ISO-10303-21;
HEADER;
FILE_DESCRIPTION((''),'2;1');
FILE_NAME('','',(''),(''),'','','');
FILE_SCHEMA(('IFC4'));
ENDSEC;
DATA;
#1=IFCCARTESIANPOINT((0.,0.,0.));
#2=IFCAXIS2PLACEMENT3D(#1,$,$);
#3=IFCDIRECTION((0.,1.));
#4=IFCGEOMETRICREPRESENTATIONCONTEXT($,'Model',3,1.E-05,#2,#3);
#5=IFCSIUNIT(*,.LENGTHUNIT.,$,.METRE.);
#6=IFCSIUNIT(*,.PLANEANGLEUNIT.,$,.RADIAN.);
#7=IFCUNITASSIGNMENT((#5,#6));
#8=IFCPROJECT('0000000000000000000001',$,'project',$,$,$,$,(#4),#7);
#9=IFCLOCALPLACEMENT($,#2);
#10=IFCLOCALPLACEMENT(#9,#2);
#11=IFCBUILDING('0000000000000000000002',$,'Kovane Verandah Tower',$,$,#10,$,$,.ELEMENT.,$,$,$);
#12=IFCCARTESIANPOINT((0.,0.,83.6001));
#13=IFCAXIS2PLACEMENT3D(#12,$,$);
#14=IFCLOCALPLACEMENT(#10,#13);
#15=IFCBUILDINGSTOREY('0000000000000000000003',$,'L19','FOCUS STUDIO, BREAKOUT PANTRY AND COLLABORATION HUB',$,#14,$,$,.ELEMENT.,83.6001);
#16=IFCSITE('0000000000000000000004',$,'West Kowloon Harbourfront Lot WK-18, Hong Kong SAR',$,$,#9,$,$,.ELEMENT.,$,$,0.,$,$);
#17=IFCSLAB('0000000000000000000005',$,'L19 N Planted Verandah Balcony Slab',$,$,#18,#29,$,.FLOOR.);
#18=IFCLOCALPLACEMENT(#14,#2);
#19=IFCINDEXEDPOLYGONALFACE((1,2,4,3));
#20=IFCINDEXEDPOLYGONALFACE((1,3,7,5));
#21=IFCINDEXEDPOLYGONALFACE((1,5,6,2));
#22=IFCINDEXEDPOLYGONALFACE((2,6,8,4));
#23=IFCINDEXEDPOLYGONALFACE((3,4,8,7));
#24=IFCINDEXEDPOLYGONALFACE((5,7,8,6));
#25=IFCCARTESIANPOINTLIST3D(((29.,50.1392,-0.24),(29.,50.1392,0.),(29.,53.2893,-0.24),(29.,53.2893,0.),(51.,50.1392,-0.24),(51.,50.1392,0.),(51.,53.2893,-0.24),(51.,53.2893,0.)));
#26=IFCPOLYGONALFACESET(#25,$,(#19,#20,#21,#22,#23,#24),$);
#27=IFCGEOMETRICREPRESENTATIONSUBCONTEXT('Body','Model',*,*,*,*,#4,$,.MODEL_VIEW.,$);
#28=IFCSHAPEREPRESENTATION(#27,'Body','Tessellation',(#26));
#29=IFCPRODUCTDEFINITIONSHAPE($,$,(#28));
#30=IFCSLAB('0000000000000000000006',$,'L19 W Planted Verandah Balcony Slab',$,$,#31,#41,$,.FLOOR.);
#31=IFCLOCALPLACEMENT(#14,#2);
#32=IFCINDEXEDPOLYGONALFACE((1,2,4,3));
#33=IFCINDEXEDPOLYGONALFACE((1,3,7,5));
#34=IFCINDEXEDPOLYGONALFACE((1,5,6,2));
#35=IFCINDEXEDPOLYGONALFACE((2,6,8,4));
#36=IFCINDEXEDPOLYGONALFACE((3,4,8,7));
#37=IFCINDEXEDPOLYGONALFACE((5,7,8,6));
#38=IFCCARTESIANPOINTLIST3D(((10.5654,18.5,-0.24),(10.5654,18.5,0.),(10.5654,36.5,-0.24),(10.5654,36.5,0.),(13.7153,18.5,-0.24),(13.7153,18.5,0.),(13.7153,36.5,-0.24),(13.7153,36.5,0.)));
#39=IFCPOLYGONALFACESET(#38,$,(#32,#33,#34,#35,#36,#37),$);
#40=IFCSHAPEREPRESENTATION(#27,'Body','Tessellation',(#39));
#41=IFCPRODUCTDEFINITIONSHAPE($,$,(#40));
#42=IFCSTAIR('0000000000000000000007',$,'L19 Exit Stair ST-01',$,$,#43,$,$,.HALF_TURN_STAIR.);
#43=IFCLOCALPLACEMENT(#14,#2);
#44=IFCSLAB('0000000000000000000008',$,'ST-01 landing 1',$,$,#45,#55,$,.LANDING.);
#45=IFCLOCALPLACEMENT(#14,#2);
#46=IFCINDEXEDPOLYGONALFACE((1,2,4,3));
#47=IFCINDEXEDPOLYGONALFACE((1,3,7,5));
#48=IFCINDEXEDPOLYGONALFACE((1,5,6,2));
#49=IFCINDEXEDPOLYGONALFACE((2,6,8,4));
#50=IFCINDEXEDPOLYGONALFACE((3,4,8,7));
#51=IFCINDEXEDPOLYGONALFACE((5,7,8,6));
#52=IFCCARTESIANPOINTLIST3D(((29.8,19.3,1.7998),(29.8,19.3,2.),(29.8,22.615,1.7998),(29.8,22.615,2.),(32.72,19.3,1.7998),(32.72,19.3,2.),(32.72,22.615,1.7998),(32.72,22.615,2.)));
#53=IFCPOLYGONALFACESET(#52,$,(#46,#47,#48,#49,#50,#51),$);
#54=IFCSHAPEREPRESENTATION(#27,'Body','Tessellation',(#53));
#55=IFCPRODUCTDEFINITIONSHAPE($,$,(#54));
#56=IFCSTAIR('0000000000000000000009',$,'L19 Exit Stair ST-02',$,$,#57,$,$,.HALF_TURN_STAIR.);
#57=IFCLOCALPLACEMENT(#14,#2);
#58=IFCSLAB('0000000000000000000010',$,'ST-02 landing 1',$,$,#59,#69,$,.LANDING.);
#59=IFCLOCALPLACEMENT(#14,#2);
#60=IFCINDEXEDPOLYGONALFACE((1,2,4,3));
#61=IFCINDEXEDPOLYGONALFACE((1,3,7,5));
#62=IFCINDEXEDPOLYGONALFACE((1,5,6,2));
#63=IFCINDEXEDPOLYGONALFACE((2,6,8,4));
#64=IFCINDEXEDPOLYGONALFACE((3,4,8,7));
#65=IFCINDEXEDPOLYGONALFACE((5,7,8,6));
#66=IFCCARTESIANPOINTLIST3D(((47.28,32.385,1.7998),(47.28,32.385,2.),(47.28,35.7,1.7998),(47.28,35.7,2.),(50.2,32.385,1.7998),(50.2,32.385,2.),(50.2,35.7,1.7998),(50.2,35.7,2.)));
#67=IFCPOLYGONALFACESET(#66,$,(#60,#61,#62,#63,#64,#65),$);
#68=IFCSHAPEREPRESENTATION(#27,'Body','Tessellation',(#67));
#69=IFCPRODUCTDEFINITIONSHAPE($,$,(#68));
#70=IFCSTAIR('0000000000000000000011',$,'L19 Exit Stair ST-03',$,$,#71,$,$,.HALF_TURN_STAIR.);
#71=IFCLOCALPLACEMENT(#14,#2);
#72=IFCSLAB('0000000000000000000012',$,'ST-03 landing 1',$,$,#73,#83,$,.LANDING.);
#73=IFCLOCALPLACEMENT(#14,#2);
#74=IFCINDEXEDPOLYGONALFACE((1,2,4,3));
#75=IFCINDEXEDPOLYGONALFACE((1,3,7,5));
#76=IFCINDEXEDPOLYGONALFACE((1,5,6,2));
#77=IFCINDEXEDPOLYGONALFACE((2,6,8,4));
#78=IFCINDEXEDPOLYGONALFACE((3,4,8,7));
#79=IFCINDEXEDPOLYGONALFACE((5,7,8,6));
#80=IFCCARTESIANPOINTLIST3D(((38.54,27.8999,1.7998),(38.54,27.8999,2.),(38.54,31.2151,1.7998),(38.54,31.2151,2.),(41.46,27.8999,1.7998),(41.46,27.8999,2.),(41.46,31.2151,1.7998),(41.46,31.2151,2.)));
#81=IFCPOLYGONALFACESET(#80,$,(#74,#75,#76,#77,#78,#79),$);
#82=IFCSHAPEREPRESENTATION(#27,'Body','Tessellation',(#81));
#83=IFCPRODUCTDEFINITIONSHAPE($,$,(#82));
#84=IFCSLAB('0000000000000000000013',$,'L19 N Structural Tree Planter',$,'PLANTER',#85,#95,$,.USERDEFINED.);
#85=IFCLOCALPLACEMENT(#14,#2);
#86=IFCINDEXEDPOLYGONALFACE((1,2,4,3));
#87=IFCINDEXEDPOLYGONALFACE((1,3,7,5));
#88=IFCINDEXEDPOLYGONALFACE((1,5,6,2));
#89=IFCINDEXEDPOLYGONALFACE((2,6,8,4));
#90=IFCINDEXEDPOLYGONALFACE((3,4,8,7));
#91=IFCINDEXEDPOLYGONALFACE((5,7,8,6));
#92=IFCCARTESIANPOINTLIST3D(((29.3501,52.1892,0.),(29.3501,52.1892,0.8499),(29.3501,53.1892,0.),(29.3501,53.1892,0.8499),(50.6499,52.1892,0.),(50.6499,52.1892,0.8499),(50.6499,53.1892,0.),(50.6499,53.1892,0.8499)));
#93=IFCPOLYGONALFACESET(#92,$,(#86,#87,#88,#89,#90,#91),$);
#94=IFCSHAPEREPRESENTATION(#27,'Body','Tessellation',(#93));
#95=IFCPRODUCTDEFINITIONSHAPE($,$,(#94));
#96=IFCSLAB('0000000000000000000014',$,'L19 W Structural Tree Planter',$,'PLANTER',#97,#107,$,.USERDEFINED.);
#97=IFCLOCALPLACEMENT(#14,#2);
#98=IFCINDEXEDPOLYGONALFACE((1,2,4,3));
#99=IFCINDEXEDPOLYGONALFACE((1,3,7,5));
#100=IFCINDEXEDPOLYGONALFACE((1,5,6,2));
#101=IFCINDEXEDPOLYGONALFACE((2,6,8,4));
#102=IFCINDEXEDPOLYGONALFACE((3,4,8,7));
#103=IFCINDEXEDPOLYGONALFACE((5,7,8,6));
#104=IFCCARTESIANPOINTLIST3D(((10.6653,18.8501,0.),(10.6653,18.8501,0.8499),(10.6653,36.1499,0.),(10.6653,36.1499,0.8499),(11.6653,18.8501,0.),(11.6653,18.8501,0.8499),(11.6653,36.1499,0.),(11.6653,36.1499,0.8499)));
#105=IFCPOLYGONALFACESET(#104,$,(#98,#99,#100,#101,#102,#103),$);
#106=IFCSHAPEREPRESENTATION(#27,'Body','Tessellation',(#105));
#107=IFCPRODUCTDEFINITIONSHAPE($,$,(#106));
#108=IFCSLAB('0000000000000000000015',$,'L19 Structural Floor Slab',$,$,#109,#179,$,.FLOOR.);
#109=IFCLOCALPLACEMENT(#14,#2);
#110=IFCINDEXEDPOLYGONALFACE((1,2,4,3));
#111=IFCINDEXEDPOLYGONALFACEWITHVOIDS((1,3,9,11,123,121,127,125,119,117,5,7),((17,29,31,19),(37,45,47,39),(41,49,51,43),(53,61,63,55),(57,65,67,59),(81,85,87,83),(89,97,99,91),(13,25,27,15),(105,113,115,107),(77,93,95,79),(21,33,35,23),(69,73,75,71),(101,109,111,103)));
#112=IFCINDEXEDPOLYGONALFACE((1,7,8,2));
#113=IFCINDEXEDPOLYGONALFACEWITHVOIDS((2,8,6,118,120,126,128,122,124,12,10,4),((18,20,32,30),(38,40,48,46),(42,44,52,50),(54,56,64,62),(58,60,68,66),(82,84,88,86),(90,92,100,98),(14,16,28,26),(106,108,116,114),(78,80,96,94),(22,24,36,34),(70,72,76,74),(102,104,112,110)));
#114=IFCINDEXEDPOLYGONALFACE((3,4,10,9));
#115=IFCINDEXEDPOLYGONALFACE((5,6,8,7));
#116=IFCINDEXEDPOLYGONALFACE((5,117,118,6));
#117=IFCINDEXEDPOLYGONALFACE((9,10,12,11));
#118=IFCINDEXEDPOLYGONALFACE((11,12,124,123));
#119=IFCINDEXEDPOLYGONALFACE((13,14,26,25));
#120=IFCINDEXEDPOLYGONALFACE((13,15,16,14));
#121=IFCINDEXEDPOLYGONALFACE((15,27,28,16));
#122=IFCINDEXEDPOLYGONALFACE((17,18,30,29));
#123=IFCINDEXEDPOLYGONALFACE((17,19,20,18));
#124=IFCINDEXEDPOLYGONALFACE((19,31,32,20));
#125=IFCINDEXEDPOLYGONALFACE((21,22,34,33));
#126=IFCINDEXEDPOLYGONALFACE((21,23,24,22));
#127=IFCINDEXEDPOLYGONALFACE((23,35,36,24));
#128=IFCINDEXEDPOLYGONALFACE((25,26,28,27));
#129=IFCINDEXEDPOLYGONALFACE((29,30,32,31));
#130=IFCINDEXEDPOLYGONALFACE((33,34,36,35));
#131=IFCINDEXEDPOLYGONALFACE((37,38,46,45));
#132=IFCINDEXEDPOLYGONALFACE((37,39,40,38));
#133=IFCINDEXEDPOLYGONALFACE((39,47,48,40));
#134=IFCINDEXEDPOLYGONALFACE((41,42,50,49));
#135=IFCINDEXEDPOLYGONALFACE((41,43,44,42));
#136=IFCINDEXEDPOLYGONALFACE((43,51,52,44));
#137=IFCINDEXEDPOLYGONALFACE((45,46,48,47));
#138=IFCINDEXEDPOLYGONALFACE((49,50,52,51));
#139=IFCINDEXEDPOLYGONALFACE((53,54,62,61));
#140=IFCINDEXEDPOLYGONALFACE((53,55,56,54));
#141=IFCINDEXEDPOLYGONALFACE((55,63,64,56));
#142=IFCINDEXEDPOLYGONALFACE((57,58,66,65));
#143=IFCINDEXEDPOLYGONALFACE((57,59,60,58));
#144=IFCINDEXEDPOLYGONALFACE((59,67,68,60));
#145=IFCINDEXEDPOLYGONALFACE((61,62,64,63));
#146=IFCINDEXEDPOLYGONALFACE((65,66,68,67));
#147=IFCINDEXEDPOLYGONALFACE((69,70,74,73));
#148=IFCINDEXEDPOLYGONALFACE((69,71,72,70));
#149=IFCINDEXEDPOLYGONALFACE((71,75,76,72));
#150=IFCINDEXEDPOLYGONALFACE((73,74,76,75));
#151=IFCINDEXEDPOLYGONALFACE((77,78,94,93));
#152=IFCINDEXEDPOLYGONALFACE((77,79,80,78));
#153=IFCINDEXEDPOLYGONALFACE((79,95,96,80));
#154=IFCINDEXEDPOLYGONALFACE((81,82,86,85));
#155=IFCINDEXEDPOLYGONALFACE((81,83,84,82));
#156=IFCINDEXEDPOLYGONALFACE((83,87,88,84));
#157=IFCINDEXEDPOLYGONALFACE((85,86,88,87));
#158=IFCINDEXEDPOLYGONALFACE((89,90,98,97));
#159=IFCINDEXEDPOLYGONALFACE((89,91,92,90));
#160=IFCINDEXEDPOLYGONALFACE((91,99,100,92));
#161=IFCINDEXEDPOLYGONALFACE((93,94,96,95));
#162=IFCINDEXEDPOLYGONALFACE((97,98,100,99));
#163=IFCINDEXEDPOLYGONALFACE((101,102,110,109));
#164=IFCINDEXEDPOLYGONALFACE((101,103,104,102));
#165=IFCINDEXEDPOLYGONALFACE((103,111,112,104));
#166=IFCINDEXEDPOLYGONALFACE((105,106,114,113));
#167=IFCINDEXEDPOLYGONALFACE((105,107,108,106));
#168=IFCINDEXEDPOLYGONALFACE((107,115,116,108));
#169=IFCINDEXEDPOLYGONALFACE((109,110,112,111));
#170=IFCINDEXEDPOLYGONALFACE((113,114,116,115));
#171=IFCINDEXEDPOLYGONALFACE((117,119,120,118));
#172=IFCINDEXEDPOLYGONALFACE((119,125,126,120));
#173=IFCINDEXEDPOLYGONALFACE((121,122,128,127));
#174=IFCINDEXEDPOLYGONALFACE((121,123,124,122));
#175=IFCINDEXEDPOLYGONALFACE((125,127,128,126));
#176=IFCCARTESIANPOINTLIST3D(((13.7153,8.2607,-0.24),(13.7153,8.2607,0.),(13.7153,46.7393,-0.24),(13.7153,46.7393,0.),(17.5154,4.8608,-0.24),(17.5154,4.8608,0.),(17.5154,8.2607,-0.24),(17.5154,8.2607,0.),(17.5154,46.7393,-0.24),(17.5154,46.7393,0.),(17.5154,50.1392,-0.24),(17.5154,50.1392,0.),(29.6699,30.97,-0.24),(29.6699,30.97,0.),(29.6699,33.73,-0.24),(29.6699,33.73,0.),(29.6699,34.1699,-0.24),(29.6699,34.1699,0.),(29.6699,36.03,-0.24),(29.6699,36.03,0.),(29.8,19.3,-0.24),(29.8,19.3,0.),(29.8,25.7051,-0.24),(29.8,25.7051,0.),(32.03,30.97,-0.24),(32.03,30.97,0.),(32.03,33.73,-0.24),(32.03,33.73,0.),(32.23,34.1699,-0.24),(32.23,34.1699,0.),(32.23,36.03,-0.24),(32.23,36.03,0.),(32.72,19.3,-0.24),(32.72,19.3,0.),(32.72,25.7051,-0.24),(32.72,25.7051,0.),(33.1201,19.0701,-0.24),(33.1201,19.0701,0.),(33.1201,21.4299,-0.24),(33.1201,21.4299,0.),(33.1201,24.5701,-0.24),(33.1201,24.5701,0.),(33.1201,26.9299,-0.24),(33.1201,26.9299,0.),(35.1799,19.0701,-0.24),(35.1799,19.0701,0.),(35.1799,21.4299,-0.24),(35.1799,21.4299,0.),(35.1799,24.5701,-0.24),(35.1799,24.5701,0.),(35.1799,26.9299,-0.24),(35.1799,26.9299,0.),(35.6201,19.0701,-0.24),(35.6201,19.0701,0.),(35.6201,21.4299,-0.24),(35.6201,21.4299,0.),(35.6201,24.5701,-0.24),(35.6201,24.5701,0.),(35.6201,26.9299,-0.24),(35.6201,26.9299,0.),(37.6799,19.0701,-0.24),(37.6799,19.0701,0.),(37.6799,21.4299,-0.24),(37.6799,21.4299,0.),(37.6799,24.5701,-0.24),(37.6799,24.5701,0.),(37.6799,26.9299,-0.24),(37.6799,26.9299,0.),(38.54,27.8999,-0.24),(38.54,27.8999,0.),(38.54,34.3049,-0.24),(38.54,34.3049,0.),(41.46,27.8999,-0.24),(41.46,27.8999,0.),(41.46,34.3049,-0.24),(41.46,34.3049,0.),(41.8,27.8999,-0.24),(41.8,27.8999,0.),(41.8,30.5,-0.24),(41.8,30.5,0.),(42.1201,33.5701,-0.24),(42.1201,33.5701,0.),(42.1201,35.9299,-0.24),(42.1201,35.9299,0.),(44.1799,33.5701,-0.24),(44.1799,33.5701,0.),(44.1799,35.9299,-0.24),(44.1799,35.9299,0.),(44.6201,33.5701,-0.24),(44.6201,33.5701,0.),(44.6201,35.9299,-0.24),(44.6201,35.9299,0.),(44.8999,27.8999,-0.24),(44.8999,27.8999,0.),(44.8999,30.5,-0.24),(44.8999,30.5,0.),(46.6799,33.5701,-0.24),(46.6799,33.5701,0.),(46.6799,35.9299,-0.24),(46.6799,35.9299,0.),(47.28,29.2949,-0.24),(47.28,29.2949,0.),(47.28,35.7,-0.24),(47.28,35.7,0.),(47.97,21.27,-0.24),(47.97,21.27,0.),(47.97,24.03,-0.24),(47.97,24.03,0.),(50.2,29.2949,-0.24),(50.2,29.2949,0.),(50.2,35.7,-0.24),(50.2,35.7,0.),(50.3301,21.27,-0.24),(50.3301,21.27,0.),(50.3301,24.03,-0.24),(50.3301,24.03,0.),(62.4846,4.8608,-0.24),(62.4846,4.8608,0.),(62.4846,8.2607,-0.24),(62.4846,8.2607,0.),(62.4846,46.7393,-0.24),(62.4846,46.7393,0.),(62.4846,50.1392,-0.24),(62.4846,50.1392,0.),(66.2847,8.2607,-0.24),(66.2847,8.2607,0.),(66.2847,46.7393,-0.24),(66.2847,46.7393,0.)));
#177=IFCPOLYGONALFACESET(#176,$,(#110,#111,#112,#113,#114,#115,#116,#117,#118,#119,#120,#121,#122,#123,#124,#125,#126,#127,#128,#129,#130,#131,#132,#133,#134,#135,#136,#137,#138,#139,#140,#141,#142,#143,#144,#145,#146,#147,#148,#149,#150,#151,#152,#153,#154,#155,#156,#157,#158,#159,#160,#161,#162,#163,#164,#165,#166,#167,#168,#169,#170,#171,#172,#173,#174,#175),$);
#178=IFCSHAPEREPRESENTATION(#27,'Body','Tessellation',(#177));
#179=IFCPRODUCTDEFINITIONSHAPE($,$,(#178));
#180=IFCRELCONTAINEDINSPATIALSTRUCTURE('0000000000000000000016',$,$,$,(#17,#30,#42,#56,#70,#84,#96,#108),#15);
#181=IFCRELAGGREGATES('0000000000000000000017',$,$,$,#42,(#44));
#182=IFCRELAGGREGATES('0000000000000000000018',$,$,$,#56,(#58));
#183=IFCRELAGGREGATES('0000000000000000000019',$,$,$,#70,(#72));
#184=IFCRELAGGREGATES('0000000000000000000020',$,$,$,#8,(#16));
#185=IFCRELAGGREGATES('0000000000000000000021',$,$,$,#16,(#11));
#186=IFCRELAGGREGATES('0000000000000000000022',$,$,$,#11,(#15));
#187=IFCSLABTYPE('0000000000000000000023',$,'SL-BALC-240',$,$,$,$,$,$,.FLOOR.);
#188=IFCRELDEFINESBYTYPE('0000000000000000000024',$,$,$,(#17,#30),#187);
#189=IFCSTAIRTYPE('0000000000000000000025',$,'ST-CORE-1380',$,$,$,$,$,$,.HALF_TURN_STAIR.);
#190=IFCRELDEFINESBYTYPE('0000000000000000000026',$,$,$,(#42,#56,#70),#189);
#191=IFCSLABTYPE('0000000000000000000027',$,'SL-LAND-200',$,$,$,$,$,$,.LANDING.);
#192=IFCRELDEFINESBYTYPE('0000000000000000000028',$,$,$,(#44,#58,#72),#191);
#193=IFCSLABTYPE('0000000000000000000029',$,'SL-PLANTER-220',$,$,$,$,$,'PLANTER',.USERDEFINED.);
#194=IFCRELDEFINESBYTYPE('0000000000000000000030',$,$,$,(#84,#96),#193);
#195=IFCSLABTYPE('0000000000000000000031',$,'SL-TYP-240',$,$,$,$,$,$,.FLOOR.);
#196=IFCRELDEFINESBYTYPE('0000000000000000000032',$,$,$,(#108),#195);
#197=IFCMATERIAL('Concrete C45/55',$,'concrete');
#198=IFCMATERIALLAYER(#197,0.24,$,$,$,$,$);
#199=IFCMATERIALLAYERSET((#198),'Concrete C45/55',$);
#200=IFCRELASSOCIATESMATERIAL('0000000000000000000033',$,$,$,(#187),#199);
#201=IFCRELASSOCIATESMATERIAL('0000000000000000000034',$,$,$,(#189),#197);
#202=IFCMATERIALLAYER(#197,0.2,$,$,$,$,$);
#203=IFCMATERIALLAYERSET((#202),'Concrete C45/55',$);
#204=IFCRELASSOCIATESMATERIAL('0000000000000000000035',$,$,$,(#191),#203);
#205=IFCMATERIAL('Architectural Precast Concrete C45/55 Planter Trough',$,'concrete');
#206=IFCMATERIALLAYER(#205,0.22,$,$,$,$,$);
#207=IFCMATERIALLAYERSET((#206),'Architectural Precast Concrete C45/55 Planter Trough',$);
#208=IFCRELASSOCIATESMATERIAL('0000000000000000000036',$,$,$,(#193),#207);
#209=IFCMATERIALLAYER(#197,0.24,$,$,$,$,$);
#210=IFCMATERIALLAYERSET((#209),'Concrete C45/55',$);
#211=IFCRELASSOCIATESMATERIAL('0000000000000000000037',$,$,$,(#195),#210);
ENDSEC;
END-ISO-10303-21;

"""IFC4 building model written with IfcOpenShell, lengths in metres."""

from ifc_helpers import new_model, si_unit, direction, frame, origin, place, context, subcontext, project, spatial, polyline, outline, extrude, material, layer, layer_set, type_object, element, aggregate, save


model = new_model("IFC4")

# Units and contexts
model_context = context("Model", 3, precision=1e-05, world=origin(), true_north=direction((0.0, 1.0)))
body_context = subcontext(model_context, "Body", "Model", "MODEL_VIEW")
ifc_project = project(units=[si_unit("LENGTHUNIT", "METRE"), si_unit("PLANEANGLEUNIT", "RADIAN")], contexts=[model_context])

# Site, building, storey
site_placement = place(None, origin())
site = spatial("IfcSite", under=ifc_project, at=site_placement, Name="West Kowloon Harbourfront Lot WK-18, Hong Kong SAR", CompositionType="ELEMENT", RefElevation=0.0)
building_placement = place(site_placement, origin())
building = spatial("IfcBuilding", under=site, at=building_placement, Name="Kovane Verandah Tower", CompositionType="ELEMENT")
storey_placement = place(building_placement, frame((0.0, 0.0, 83.6001)))
storey = spatial("IfcBuildingStorey", under=building, at=storey_placement, Name="L19", Description="FOCUS STUDIO, BREAKOUT PANTRY AND COLLABORATION HUB", CompositionType="ELEMENT", Elevation=83.6001)

# Slabs
ifc_material_1 = material(Name="Concrete C45/55", Category="concrete")
ifc_layer_1 = layer(ifc_material_1, 0.24)
ifc_layer_set_1 = layer_set([ifc_layer_1], Name="Concrete C45/55")
slab_type_1 = type_object("IfcSlabType", Name="SL-BALC-240", PredefinedType="FLOOR", material=ifc_layer_set_1)
slab_1_placement = place(storey_placement, frame((0.0, 0.0, -0.24)))
element("IfcSlab", 1, at=slab_1_placement, inside=storey, type_object=slab_type_1, Name="L19 N Planted Verandah Balcony Slab", PredefinedType="FLOOR", context=body_context, shape_type="SweptSolid", body=[
    extrude(outline(polyline([(29.0, 50.1392), (51.0, 50.1392), (51.0, 53.2893), (29.0, 53.2893), (29.0, 50.1392)])), origin(), (0.0, 0.0, 1.0), 0.24),
])
slab_2_placement = place(storey_placement, frame((0.0, 0.0, -0.24)))
element("IfcSlab", 2, at=slab_2_placement, inside=storey, type_object=slab_type_1, Name="L19 W Planted Verandah Balcony Slab", PredefinedType="FLOOR", context=body_context, shape_type="SweptSolid", body=[
    extrude(outline(polyline([(10.5654, 18.5), (13.7153, 18.5), (13.7153, 36.5), (10.5654, 36.5), (10.5654, 18.5)])), origin(), (0.0, 0.0, 1.0), 0.24),
])

# Stairs, slabs
stair_type = type_object("IfcStairType", Name="ST-CORE-1380", PredefinedType="HALF_TURN_STAIR", material=ifc_material_1)
stair_1_placement = place(storey_placement, origin())
stair_1 = element("IfcStair", 3, at=stair_1_placement, inside=storey, type_object=stair_type, Name="L19 Exit Stair ST-01", PredefinedType="HALF_TURN_STAIR")
ifc_layer_2 = layer(ifc_material_1, 0.2)
ifc_layer_set_2 = layer_set([ifc_layer_2], Name="Concrete C45/55")
slab_type_2 = type_object("IfcSlabType", Name="SL-LAND-200", PredefinedType="LANDING", material=ifc_layer_set_2)
slab_3_placement = place(storey_placement, frame((0.0, 0.0, 1.7998)))
slab_3 = element("IfcSlab", 4, at=slab_3_placement, type_object=slab_type_2, Name="ST-01 landing 1", PredefinedType="LANDING", context=body_context, shape_type="SweptSolid", body=[
    extrude(outline(polyline([(29.8, 22.615), (29.8, 19.3), (32.72, 19.3), (32.72, 22.615), (29.8, 22.615)])), origin(), (0.0, 0.0, 1.0), 0.2002),
])
aggregate(stair_1, [slab_3])
stair_2_placement = place(storey_placement, origin())
stair_2 = element("IfcStair", 5, at=stair_2_placement, inside=storey, type_object=stair_type, Name="L19 Exit Stair ST-02", PredefinedType="HALF_TURN_STAIR")
slab_4_placement = place(storey_placement, frame((0.0, 0.0, 1.7998)))
slab_4 = element("IfcSlab", 6, at=slab_4_placement, type_object=slab_type_2, Name="ST-02 landing 1", PredefinedType="LANDING", context=body_context, shape_type="SweptSolid", body=[
    extrude(outline(polyline([(50.2, 32.385), (50.2, 35.7), (47.28, 35.7), (47.28, 32.385), (50.2, 32.385)])), origin(), (0.0, 0.0, 1.0), 0.2002),
])
aggregate(stair_2, [slab_4])
stair_3_placement = place(storey_placement, origin())
stair_3 = element("IfcStair", 7, at=stair_3_placement, inside=storey, type_object=stair_type, Name="L19 Exit Stair ST-03", PredefinedType="HALF_TURN_STAIR")
slab_5_placement = place(storey_placement, frame((0.0, 0.0, 1.7998)))
slab_5 = element("IfcSlab", 8, at=slab_5_placement, type_object=slab_type_2, Name="ST-03 landing 1", PredefinedType="LANDING", context=body_context, shape_type="SweptSolid", body=[
    extrude(outline(polyline([(38.54, 31.2151), (38.54, 27.8999), (41.46, 27.8999), (41.46, 31.2151), (38.54, 31.2151)])), origin(), (0.0, 0.0, 1.0), 0.2002),
])
aggregate(stair_3, [slab_5])

# Slabs
ifc_material_2 = material(Name="Architectural Precast Concrete C45/55 Planter Trough", Category="concrete")
ifc_layer_3 = layer(ifc_material_2, 0.22)
ifc_layer_set_3 = layer_set([ifc_layer_3], Name="Architectural Precast Concrete C45/55 Planter Trough")
slab_type_3 = type_object("IfcSlabType", Name="SL-PLANTER-220", ElementType="PLANTER", PredefinedType="USERDEFINED", material=ifc_layer_set_3)
slab_6_placement = place(storey_placement, origin())
element("IfcSlab", 9, at=slab_6_placement, inside=storey, type_object=slab_type_3, Name="L19 N Structural Tree Planter", ObjectType="PLANTER", PredefinedType="USERDEFINED", context=body_context, shape_type="SweptSolid", body=[
    extrude(outline(polyline([(29.3501, 52.1892), (50.6499, 52.1892), (50.6499, 53.1892), (29.3501, 53.1892), (29.3501, 52.1892)])), origin(), (0.0, 0.0, 1.0), 0.8499),
])
slab_7_placement = place(storey_placement, origin())
element("IfcSlab", 10, at=slab_7_placement, inside=storey, type_object=slab_type_3, Name="L19 W Structural Tree Planter", ObjectType="PLANTER", PredefinedType="USERDEFINED", context=body_context, shape_type="SweptSolid", body=[
    extrude(outline(polyline([(10.6653, 18.8501), (11.6653, 18.8501), (11.6653, 36.1499), (10.6653, 36.1499), (10.6653, 18.8501)])), origin(), (0.0, 0.0, 1.0), 0.8499),
])
ifc_layer_4 = layer(ifc_material_1, 0.24)
ifc_layer_set_4 = layer_set([ifc_layer_4], Name="Concrete C45/55")
slab_type_4 = type_object("IfcSlabType", Name="SL-TYP-240", PredefinedType="FLOOR", material=ifc_layer_set_4)
slab_8_placement = place(storey_placement, frame((0.0, 0.0, -0.24)))
element("IfcSlab", 11, at=slab_8_placement, inside=storey, type_object=slab_type_4, Name="L19 Structural Floor Slab", PredefinedType="FLOOR", context=body_context, shape_type="SweptSolid", body=[
    extrude(outline(polyline([(17.5154, 4.8608), (62.4846, 4.8608), (62.4846, 8.2607), (66.2847, 8.2607), (66.2847, 46.7393), (62.4846, 46.7393), (62.4846, 50.1392), (17.5154, 50.1392), (17.5154, 46.7393), (13.7153, 46.7393), (13.7153, 8.2607), (17.5154, 8.2607), (17.5154, 4.8608)]), holes=[polyline([(29.8, 19.3), (32.72, 19.3), (32.72, 25.7051), (29.8, 25.7051), (29.8, 19.3)]), polyline([(47.28, 29.2949), (50.2, 29.2949), (50.2, 35.7), (47.28, 35.7), (47.28, 29.2949)]), polyline([(38.54, 27.8999), (41.46, 27.8999), (41.46, 34.3049), (38.54, 34.3049), (38.54, 27.8999)]), polyline([(29.6699, 30.97), (32.03, 30.97), (32.03, 33.73), (29.6699, 33.73), (29.6699, 30.97)]), polyline([(47.97, 21.27), (50.3301, 21.27), (50.3301, 24.03), (47.97, 24.03), (47.97, 21.27)]), polyline([(29.6699, 34.1699), (32.23, 34.1699), (32.23, 36.03), (29.6699, 36.03), (29.6699, 34.1699)]), polyline([(33.1201, 19.0701), (35.1799, 19.0701), (35.1799, 21.4299), (33.1201, 21.4299), (33.1201, 19.0701)]), polyline([(35.6201, 19.0701), (37.6799, 19.0701), (37.6799, 21.4299), (35.6201, 21.4299), (35.6201, 19.0701)]), polyline([(33.1201, 24.5701), (35.1799, 24.5701), (35.1799, 26.9299), (33.1201, 26.9299), (33.1201, 24.5701)]), polyline([(35.6201, 24.5701), (37.6799, 24.5701), (37.6799, 26.9299), (35.6201, 26.9299), (35.6201, 24.5701)]), polyline([(42.1201, 33.5701), (44.1799, 33.5701), (44.1799, 35.9299), (42.1201, 35.9299), (42.1201, 33.5701)]), polyline([(44.6201, 33.5701), (46.6799, 33.5701), (46.6799, 35.9299), (44.6201, 35.9299), (44.6201, 33.5701)]), polyline([(41.8, 27.8999), (44.8999, 27.8999), (44.8999, 30.5), (41.8, 30.5), (41.8, 27.8999)])]), origin(), (0.0, 0.0, 1.0), 0.24),
])

save(model, "model.ifc")
